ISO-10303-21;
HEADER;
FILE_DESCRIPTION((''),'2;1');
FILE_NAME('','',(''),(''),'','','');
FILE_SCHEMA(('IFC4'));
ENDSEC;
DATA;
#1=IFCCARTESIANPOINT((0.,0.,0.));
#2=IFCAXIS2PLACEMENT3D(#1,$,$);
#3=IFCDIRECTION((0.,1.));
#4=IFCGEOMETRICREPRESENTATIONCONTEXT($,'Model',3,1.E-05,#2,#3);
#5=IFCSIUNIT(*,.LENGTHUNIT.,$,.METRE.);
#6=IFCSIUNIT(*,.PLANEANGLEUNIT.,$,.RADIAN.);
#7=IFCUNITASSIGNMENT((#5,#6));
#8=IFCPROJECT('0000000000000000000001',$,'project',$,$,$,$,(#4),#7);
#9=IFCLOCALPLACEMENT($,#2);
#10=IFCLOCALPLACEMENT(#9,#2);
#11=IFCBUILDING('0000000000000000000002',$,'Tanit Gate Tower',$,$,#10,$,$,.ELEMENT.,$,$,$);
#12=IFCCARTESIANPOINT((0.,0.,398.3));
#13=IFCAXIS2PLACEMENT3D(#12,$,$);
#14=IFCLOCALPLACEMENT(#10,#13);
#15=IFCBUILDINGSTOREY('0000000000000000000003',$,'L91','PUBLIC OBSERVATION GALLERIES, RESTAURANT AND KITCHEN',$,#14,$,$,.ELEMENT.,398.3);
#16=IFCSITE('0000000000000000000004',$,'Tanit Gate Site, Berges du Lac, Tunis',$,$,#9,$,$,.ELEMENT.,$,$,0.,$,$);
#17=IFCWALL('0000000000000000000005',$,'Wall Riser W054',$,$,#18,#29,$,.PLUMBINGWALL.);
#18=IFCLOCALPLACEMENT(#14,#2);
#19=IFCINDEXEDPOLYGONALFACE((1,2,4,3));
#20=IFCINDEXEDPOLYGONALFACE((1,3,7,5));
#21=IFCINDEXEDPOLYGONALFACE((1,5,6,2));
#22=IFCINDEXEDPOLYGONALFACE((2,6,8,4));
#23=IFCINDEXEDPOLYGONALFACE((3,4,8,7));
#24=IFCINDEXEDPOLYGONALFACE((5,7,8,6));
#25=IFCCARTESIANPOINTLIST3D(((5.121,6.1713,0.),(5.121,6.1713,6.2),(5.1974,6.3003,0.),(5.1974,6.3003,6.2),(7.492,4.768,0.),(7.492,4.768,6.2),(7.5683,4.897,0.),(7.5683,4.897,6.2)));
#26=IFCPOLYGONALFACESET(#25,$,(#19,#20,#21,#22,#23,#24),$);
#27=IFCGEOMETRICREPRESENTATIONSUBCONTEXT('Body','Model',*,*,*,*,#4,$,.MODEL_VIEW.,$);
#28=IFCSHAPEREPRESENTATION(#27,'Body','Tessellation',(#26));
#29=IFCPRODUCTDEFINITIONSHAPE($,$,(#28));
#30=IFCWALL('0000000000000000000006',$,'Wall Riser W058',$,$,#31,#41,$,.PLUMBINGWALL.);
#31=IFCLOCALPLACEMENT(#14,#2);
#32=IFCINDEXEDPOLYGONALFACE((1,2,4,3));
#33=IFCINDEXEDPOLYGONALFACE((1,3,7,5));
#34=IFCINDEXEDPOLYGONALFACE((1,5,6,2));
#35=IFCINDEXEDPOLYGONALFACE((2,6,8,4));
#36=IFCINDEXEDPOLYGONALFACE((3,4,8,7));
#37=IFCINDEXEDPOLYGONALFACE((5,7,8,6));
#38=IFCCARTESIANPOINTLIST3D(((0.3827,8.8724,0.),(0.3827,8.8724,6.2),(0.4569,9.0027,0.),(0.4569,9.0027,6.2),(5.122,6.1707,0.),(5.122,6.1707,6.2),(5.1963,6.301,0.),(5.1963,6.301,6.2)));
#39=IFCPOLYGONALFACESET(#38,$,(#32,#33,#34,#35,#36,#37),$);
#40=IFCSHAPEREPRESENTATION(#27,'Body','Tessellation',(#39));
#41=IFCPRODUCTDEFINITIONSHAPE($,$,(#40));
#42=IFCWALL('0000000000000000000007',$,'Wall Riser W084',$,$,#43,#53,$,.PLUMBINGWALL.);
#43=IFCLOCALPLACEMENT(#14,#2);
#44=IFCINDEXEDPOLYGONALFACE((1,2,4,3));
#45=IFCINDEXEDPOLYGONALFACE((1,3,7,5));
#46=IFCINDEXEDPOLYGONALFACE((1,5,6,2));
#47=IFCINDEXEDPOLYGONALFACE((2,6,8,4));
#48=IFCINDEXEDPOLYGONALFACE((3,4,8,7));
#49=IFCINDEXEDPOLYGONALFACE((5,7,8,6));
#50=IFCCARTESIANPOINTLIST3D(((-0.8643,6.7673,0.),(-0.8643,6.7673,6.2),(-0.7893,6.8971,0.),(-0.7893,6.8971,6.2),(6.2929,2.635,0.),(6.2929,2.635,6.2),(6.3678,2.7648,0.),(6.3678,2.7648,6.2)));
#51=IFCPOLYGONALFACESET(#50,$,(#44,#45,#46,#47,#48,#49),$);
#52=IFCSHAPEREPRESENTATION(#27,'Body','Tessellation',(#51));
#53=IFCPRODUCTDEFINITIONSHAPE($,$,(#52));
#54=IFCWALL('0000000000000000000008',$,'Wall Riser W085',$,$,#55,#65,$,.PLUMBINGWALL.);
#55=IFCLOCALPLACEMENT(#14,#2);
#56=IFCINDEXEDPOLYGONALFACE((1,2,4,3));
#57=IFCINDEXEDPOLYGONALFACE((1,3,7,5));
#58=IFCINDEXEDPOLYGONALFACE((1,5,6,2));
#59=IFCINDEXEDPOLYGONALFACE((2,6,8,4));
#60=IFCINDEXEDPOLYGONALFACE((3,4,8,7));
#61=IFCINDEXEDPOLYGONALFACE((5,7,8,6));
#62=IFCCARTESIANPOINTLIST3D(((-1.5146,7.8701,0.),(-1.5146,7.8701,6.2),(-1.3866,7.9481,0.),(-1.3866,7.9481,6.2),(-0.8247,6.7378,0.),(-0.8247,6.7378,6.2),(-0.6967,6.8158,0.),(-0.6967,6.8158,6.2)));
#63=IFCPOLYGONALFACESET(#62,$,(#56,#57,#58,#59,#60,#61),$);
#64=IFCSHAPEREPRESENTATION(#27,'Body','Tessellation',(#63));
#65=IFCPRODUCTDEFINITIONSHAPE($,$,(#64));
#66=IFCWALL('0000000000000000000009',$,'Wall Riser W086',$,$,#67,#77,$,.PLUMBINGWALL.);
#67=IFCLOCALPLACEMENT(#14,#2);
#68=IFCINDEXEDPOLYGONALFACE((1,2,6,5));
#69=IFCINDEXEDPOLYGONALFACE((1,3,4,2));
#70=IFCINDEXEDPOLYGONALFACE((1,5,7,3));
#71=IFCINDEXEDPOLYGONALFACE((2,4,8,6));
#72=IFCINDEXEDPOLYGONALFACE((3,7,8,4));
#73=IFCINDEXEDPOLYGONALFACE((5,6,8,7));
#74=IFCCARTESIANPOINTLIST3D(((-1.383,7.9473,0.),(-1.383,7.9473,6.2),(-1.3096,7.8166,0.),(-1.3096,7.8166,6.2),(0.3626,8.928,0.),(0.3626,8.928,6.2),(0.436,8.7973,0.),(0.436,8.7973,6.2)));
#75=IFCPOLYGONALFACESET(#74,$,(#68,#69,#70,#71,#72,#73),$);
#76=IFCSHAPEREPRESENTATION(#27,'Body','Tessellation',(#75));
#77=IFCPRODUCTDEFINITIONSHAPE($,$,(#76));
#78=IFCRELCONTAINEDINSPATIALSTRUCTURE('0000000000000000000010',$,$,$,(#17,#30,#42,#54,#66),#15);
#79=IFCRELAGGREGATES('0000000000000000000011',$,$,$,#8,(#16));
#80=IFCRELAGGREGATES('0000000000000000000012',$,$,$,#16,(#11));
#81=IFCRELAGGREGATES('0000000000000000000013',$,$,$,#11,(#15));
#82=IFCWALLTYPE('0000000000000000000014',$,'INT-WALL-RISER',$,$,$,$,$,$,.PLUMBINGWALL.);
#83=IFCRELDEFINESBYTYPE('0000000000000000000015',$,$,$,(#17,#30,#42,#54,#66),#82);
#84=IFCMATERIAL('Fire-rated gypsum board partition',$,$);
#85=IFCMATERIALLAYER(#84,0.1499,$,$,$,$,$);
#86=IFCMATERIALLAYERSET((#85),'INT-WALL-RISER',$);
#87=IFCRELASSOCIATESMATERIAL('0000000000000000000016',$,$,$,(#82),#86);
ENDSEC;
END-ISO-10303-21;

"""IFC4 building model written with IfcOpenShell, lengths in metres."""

from ifc_helpers import new_model, si_unit, direction, frame, frame_2d, origin, place, context, subcontext, project, spatial, rectangle, extrude, material, layer, layer_set, type_object, element, save


model = new_model("IFC4")

# Units and contexts
model_context = context("Model", 3, precision=1e-05, world=origin(), true_north=direction((0.0, 1.0)))
body_context = subcontext(model_context, "Body", "Model", "MODEL_VIEW")
ifc_project = project(units=[si_unit("LENGTHUNIT", "METRE"), si_unit("PLANEANGLEUNIT", "RADIAN")], contexts=[model_context])

# Site, building, storey
site_placement = place(None, origin())
site = spatial("IfcSite", under=ifc_project, at=site_placement, Name="Tanit Gate Site, Berges du Lac, Tunis", CompositionType="ELEMENT", RefElevation=0.0)
building_placement = place(site_placement, origin())
building = spatial("IfcBuilding", under=site, at=building_placement, Name="Tanit Gate Tower", CompositionType="ELEMENT")
storey_placement = place(building_placement, frame((0.0, 0.0, 398.3)))
storey = spatial("IfcBuildingStorey", under=building, at=storey_placement, Name="L91", Description="PUBLIC OBSERVATION GALLERIES, RESTAURANT AND KITCHEN", CompositionType="ELEMENT", Elevation=398.3)

# Walls
ifc_material_1 = material(Name="Fire-rated gypsum board partition")
ifc_layer_1 = layer(ifc_material_1, 0.1499)
ifc_layer_set_1 = layer_set([ifc_layer_1], Name="INT-WALL-RISER")
wall_type_1 = type_object("IfcWallType", Name="INT-WALL-RISER", PredefinedType="PLUMBINGWALL", material=ifc_layer_set_1)
wall_1_placement = place(storey_placement, frame((7.53, 4.8325, 0.0), z_axis=(0.0, 0.0, 1.0), x_axis=(-0.860551, 0.509365, 0.0)))
element("IfcWall", 1, at=wall_1_placement, inside=storey, type_object=wall_type_1, Name="Wall Riser W054", PredefinedType="PLUMBINGWALL", context=body_context, shape_type="SweptSolid", body=[
    extrude(rectangle(XDim=2.7551, YDim=0.1499, at=frame_2d((1.3774, 0.0))), origin(), (0.0, 0.0, 1.0), 6.2),
])
wall_2_placement = place(storey_placement, frame((0.4199, 8.9375, 0.0), z_axis=(0.0, 0.0, 1.0), x_axis=(0.868755, -0.495242, 0.0)))
element("IfcWall", 2, at=wall_2_placement, inside=storey, type_object=wall_type_1, Name="Wall Riser W058", PredefinedType="PLUMBINGWALL", context=body_context, shape_type="SweptSolid", body=[
    extrude(rectangle(XDim=5.4553, YDim=0.1499, at=frame_2d((2.7275, 0.0))), origin(), (0.0, 0.0, 1.0), 6.2),
])
wall_3_placement = place(storey_placement, frame((-0.8269, 6.8323, 0.0), z_axis=(0.0, 0.0, 1.0), x_axis=(0.86602, -0.500009, 0.0)))
element("IfcWall", 3, at=wall_3_placement, inside=storey, type_object=wall_type_1, Name="Wall Riser W084", PredefinedType="PLUMBINGWALL", context=body_context, shape_type="SweptSolid", body=[
    extrude(rectangle(XDim=8.2644, YDim=0.1499, at=frame_2d((4.1323, 0.0))), origin(), (0.0, 0.0, 1.0), 6.2),
])
wall_4_placement = place(storey_placement, frame((-1.4507, 7.9092, 0.0), z_axis=(0.0, 0.0, 1.0), x_axis=(0.520332, -0.853964, 0.0)))
element("IfcWall", 4, at=wall_4_placement, inside=storey, type_object=wall_type_1, Name="Wall Riser W085", PredefinedType="PLUMBINGWALL", context=body_context, shape_type="SweptSolid", body=[
    extrude(rectangle(XDim=1.3259, YDim=0.1499, at=frame_2d((0.6631, 0.0))), origin(), (0.0, 0.0, 1.0), 6.2),
])
wall_5_placement = place(storey_placement, frame((0.3992, 8.8625, 0.0), z_axis=(0.0, 0.0, 1.0), x_axis=(-0.871829, -0.48981, 0.0)))
element("IfcWall", 5, at=wall_5_placement, inside=storey, type_object=wall_type_1, Name="Wall Riser W086", PredefinedType="PLUMBINGWALL", context=body_context, shape_type="SweptSolid", body=[
    extrude(rectangle(XDim=2.0022, YDim=0.1499, at=frame_2d((1.001, 0.0))), origin(), (0.0, 0.0, 1.0), 6.2),
])

save(model, "model.ifc")
